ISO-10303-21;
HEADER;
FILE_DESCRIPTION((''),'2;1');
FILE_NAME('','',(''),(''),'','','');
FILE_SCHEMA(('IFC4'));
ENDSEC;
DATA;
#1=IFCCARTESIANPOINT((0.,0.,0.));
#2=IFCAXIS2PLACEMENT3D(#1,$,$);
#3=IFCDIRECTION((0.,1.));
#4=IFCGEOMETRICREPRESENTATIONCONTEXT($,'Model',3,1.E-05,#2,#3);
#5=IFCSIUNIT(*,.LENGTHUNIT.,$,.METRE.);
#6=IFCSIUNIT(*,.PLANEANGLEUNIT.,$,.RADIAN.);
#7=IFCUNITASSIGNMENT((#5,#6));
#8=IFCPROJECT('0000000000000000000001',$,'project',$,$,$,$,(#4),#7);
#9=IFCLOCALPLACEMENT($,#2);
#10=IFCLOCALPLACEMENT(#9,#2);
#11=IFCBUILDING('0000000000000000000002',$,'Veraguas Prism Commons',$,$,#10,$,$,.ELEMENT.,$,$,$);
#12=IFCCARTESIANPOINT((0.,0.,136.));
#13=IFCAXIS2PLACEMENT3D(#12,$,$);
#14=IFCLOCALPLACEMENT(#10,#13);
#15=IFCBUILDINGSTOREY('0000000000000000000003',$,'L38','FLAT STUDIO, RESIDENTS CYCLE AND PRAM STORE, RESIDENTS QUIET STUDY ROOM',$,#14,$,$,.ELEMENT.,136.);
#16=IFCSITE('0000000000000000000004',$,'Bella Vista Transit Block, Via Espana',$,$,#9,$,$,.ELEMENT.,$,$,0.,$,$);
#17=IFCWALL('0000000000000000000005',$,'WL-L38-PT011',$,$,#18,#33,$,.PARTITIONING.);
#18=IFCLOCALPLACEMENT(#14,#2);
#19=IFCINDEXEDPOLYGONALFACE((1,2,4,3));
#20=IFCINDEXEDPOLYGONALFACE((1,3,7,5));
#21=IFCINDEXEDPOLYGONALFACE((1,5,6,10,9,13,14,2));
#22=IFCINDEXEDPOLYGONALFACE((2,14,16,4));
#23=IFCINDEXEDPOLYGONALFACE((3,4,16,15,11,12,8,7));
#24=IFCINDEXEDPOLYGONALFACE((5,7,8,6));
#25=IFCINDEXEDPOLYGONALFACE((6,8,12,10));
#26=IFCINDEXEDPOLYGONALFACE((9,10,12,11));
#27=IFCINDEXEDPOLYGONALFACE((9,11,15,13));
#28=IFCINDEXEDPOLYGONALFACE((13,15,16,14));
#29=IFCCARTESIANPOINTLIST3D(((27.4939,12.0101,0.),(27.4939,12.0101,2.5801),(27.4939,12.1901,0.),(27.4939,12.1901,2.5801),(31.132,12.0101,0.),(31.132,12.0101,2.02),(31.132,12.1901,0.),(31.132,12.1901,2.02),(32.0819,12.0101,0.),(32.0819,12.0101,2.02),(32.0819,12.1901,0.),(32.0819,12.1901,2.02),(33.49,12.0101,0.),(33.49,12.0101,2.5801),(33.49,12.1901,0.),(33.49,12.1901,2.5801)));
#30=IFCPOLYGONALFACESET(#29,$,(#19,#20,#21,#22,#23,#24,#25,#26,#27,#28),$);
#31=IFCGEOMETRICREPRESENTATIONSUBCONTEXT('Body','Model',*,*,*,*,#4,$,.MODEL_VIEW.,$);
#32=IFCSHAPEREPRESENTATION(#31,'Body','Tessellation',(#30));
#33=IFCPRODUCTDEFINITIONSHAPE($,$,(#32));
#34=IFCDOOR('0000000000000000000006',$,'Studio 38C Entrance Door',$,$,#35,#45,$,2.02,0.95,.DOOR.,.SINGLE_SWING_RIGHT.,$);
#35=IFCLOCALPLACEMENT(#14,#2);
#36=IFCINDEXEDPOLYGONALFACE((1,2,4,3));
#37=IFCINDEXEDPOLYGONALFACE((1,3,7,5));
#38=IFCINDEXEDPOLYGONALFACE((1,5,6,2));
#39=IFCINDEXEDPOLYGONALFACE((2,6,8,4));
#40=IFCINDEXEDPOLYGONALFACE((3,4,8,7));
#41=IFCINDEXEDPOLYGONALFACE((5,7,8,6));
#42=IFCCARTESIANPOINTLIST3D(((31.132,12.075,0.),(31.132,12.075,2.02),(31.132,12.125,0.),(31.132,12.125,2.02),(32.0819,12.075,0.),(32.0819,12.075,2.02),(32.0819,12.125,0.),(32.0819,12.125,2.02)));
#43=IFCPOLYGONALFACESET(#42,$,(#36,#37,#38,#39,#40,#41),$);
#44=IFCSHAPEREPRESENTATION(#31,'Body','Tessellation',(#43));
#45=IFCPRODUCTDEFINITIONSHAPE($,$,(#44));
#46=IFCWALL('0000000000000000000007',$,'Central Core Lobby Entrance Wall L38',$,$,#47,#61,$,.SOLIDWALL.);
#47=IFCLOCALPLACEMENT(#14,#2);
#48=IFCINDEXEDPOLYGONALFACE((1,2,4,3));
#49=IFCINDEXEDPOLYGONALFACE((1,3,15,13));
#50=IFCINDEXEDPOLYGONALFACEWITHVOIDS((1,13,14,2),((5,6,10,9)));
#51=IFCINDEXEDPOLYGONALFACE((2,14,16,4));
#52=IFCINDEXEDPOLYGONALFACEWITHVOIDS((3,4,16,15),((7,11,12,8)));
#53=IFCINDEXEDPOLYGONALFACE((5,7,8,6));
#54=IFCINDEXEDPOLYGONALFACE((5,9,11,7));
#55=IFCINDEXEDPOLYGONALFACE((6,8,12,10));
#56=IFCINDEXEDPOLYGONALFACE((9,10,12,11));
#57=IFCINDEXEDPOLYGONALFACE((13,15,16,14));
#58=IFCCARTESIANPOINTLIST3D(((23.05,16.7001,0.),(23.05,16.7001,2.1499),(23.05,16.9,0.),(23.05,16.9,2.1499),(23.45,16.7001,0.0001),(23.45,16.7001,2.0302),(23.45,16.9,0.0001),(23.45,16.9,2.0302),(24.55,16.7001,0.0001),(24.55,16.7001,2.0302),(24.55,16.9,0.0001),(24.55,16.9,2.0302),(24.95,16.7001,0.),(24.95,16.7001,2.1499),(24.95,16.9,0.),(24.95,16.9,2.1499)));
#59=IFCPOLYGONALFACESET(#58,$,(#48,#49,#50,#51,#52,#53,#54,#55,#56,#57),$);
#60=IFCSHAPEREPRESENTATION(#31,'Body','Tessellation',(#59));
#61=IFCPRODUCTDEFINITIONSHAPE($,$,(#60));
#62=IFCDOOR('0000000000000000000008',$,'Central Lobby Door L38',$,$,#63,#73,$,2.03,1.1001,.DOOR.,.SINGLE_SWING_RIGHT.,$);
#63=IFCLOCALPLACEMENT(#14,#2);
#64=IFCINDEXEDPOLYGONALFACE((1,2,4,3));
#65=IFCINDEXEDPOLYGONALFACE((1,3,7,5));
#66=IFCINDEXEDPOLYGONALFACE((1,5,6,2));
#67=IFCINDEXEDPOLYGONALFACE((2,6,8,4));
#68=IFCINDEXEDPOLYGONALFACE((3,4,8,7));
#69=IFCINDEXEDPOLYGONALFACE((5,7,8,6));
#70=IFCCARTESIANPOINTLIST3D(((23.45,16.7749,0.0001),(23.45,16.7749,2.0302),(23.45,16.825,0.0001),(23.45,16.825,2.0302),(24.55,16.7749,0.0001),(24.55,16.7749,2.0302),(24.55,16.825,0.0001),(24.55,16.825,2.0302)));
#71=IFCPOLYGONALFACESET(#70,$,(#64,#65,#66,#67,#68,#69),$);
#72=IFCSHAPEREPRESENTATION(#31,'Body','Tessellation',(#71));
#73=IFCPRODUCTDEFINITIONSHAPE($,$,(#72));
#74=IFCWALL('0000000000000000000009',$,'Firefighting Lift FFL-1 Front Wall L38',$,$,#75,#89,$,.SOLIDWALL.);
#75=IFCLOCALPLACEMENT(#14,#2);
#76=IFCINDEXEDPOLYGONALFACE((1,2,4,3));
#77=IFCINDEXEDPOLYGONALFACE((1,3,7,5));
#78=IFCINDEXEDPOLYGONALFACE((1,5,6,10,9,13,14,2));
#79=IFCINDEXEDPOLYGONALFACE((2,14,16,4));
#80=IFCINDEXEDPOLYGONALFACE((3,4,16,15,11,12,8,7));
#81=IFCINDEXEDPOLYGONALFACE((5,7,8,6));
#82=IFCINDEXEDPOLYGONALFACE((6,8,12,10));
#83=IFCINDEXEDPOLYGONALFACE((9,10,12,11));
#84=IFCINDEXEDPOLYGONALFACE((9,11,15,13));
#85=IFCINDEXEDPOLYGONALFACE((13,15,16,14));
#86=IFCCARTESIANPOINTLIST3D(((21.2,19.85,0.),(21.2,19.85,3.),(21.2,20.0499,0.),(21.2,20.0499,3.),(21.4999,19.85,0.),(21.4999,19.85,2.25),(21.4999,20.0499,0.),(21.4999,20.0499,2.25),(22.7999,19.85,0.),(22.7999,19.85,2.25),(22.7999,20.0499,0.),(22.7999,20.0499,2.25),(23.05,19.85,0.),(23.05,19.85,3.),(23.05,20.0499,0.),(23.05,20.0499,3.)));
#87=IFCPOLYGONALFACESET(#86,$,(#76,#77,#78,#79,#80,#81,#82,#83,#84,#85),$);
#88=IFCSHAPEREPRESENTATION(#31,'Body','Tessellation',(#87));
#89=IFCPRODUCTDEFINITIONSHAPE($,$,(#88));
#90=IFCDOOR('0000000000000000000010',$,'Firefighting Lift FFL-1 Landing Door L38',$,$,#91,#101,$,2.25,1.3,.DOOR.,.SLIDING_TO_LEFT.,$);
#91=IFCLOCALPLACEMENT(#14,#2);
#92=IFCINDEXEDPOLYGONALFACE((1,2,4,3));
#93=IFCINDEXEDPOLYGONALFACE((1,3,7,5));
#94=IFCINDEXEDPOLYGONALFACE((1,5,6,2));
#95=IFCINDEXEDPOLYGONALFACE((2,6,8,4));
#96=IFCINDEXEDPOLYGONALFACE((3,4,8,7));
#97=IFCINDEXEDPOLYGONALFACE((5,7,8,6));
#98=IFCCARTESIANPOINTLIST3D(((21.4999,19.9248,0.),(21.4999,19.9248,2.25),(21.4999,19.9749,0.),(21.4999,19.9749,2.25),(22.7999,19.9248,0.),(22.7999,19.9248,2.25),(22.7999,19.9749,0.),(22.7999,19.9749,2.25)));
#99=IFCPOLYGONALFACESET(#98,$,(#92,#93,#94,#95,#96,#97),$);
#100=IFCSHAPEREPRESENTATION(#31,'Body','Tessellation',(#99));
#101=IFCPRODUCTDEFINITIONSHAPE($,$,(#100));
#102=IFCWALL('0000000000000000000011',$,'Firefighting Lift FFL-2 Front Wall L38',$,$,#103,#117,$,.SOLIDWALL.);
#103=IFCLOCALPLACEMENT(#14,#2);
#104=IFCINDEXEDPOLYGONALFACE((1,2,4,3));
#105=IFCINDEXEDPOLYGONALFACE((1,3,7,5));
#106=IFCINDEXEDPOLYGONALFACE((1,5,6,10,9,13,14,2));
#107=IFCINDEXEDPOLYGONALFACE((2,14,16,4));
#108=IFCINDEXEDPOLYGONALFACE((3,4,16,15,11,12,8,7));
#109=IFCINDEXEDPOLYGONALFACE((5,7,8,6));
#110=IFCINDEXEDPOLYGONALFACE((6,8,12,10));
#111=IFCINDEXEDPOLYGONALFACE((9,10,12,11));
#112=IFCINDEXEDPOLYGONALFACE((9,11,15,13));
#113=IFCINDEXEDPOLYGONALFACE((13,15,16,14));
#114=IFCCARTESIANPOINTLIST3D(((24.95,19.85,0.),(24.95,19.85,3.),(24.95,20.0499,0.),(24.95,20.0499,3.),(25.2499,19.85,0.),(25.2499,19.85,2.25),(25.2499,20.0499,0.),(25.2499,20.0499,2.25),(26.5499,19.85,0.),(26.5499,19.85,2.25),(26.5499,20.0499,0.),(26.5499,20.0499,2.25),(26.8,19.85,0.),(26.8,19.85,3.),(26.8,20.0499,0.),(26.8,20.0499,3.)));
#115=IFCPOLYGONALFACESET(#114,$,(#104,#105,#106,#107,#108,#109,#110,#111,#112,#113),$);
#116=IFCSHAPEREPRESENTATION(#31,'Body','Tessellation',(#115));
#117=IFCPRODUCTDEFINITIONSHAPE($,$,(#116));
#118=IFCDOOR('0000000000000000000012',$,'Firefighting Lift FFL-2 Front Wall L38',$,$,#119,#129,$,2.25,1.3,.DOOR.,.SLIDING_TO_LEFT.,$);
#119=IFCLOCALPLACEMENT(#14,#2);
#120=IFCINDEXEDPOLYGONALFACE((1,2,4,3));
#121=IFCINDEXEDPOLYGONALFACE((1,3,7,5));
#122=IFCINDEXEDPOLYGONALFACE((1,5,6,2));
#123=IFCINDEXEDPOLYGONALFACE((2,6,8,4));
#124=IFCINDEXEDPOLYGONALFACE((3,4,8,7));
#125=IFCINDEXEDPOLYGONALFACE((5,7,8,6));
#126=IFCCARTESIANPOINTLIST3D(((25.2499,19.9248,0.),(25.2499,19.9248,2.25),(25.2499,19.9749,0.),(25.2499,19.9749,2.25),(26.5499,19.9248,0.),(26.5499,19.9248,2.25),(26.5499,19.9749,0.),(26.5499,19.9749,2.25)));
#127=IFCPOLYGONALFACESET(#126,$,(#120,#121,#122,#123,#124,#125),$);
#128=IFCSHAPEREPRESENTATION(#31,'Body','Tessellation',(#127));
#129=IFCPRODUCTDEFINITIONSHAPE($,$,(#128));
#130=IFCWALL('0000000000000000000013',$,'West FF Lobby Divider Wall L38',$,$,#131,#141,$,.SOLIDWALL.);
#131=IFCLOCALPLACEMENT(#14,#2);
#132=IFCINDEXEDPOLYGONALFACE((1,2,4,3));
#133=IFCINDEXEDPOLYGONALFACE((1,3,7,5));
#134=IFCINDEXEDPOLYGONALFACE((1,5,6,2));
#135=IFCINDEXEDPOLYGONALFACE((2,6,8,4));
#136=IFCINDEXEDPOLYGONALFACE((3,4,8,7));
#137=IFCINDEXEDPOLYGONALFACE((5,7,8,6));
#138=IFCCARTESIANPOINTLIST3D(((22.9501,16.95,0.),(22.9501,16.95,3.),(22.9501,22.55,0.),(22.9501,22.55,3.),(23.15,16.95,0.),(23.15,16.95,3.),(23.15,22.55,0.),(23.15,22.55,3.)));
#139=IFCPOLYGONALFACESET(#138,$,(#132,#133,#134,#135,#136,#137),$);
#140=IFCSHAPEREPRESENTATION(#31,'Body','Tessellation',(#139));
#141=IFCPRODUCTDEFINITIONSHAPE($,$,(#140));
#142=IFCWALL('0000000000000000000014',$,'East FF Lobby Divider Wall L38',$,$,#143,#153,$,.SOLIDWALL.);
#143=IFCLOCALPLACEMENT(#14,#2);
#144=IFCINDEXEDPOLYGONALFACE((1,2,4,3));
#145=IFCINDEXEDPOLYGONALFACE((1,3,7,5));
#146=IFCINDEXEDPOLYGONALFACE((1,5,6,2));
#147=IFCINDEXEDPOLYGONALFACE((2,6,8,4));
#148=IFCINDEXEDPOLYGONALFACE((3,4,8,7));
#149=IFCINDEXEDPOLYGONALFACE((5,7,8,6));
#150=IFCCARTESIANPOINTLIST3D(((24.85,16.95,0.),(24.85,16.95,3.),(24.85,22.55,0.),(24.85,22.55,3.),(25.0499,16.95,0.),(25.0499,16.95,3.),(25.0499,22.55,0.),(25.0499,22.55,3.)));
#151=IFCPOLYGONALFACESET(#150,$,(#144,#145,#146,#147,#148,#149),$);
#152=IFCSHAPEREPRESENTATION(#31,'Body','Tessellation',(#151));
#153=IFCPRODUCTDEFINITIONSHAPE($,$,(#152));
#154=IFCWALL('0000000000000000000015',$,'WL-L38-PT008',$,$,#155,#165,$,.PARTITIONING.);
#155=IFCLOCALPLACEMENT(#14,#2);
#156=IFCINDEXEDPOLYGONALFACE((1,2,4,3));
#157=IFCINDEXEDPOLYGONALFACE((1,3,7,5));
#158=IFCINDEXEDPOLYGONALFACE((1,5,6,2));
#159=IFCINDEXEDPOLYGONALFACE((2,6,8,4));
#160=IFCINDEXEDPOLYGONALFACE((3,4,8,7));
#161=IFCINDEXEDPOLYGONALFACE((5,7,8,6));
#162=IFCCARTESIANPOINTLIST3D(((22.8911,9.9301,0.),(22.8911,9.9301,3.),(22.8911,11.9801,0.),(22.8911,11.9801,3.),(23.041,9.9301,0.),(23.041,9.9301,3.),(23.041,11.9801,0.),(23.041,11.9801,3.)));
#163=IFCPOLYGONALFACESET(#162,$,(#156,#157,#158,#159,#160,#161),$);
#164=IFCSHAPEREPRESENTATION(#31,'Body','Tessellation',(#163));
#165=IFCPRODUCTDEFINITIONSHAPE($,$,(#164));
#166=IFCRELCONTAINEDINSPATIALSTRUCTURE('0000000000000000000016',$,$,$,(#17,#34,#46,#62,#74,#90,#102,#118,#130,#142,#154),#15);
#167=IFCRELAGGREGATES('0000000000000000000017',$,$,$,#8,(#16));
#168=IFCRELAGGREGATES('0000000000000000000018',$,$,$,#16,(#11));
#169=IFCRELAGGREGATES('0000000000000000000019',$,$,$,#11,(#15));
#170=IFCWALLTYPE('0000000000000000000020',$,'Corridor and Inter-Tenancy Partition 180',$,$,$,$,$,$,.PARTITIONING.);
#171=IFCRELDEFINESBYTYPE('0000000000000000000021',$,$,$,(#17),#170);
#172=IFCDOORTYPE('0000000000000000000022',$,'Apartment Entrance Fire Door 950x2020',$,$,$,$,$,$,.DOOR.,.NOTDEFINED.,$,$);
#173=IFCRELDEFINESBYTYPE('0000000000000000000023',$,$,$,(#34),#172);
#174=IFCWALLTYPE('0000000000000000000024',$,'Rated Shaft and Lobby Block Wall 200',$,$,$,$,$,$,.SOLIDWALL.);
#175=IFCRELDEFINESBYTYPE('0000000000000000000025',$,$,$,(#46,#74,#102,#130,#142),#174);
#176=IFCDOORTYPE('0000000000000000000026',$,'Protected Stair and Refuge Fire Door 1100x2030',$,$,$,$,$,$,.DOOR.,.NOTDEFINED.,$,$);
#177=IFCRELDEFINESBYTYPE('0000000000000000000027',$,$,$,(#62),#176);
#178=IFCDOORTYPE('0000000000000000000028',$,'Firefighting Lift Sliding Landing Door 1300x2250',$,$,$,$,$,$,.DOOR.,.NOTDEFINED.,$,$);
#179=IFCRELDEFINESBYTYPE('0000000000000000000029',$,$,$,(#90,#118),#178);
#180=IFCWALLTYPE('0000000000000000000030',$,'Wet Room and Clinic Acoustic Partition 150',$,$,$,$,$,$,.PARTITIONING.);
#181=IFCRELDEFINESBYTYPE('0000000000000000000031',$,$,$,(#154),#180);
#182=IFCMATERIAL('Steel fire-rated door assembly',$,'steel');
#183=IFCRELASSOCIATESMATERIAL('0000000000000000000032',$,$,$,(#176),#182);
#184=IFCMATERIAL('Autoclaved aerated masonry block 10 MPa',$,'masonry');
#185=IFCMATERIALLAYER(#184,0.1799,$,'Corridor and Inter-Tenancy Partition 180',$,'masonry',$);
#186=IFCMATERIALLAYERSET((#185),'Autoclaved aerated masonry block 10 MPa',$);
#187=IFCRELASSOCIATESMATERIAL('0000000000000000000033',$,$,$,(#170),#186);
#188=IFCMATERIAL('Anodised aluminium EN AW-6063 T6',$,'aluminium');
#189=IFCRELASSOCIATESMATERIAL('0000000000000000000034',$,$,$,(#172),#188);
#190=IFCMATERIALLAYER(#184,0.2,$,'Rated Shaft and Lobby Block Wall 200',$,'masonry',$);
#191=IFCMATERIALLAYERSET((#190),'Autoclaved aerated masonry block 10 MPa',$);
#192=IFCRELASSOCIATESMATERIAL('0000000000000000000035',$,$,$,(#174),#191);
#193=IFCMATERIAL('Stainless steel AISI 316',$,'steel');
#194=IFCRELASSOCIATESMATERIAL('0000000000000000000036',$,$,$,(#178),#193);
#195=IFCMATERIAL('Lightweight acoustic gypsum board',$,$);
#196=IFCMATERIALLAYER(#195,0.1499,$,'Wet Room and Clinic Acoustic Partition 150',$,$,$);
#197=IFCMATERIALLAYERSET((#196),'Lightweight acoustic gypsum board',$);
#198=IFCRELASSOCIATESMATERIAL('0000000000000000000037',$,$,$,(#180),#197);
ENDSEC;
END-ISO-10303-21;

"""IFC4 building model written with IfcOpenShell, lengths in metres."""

from ifc_helpers import new_model, si_unit, direction, frame, frame_2d, origin, place, context, subcontext, project, spatial, rectangle, extrude, source, transform, mapped, material, layer, layer_set, type_object, element, fill, save


model = new_model("IFC4")

# Units and contexts
model_context = context("Model", 3, precision=1e-05, world=origin(), true_north=direction((0.0, 1.0)))
body_context = subcontext(model_context, "Body", "Model", "MODEL_VIEW")
ifc_project = project(units=[si_unit("LENGTHUNIT", "METRE"), si_unit("PLANEANGLEUNIT", "RADIAN")], contexts=[model_context])

# Site, building, storey
site_placement = place(None, origin())
site = spatial("IfcSite", under=ifc_project, at=site_placement, Name="Bella Vista Transit Block, Via Espana", CompositionType="ELEMENT", RefElevation=0.0)
building_placement = place(site_placement, origin())
building = spatial("IfcBuilding", under=site, at=building_placement, Name="Veraguas Prism Commons", CompositionType="ELEMENT")
storey_placement = place(building_placement, frame((0.0, 0.0, 136.0)))
storey = spatial("IfcBuildingStorey", under=building, at=storey_placement, Name="L38", Description="FLAT STUDIO, RESIDENTS CYCLE AND PRAM STORE, RESIDENTS QUIET STUDY ROOM", CompositionType="ELEMENT", Elevation=136.0)

# Shared definitions
ifc_material_1 = material(Name="Steel fire-rated door assembly", Category="steel")
door_type_1 = type_object("IfcDoorType", Name="Protected Stair and Refuge Fire Door 1100x2030", OperationType="NOTDEFINED", PredefinedType="DOOR", material=ifc_material_1)
shared_shape_1 = source(origin(), body_context, "Body", "SweptSolid", [
    extrude(rectangle(XDim=1.1001, YDim=2.03, at=frame_2d((0.55, 1.0151))), frame((0.0, 0.0249, 0.0), z_axis=(0.0, -1.0, 0.0), x_axis=(1.0, 0.0, 0.0)), (0.0, 0.0, 1.0), 0.05),
])

# Shared definitions
ifc_material_2 = material(Name="Autoclaved aerated masonry block 10 MPa", Category="masonry")
ifc_layer_1 = layer(ifc_material_2, 0.1799, Name="Corridor and Inter-Tenancy Partition 180", Category="masonry")
ifc_layer_set_1 = layer_set([ifc_layer_1], Name="Autoclaved aerated masonry block 10 MPa")
wall_type_1 = type_object("IfcWallType", Name="Corridor and Inter-Tenancy Partition 180", PredefinedType="PARTITIONING", material=ifc_layer_set_1)

# Walls, openings, doors
wall_1_placement = place(storey_placement, frame((27.4939, 12.1001, 0.0), z_axis=(0.0, 0.0, 1.0), x_axis=(1.0, 0.0, 0.0)))
wall_1 = element("IfcWall", 1, at=wall_1_placement, inside=storey, type_object=wall_type_1, Name="WL-L38-PT011", PredefinedType="PARTITIONING", context=body_context, shape_type="SweptSolid", body=[
    extrude(rectangle(XDim=5.9961, YDim=0.1799, at=frame_2d((2.998, 0.0))), origin(), (0.0, 0.0, 1.0), 2.5801),
])
opening_1_placement = place(wall_1_placement, frame((3.6379, 0.0, 0.0)))
opening_1 = element("IfcOpeningElement", 2, at=opening_1_placement, cuts=wall_1, PredefinedType="OPENING", context=body_context, shape_type="SweptSolid", body=[
    extrude(rectangle(XDim=0.95, YDim=2.02, at=frame_2d((0.4751, 1.01))), frame((0.0, 0.0999, 0.0), z_axis=(0.0, -1.0, 0.0), x_axis=(1.0, 0.0, 0.0)), (0.0, 0.0, 1.0), 0.2),
])
ifc_material_3 = material(Name="Anodised aluminium EN AW-6063 T6", Category="aluminium")
door_type_2 = type_object("IfcDoorType", Name="Apartment Entrance Fire Door 950x2020", OperationType="NOTDEFINED", PredefinedType="DOOR", material=ifc_material_3)
shared_shape_2 = source(origin(), body_context, "Body", "SweptSolid", [
    extrude(rectangle(XDim=0.95, YDim=2.02, at=frame_2d((0.4751, 1.01))), frame((0.0, 0.0249, 0.0), z_axis=(0.0, -1.0, 0.0), x_axis=(1.0, 0.0, 0.0)), (0.0, 0.0, 1.0), 0.05),
])
door_1_placement = place(opening_1_placement, origin())
door_1 = element("IfcDoor", 3, at=door_1_placement, inside=storey, type_object=door_type_2, Name="Studio 38C Entrance Door", OperationType="SINGLE_SWING_RIGHT", OverallHeight=2.02, OverallWidth=0.95, PredefinedType="DOOR", context=body_context, shape_type="MappedRepresentation", body=[
    mapped(shared_shape_2, transform((0.0, 0.0, 0.0), scale=1.0)),
])
fill(opening_1, door_1)
ifc_layer_2 = layer(ifc_material_2, 0.2, Name="Rated Shaft and Lobby Block Wall 200", Category="masonry")
ifc_layer_set_2 = layer_set([ifc_layer_2], Name="Autoclaved aerated masonry block 10 MPa")
wall_type_2 = type_object("IfcWallType", Name="Rated Shaft and Lobby Block Wall 200", PredefinedType="SOLIDWALL", material=ifc_layer_set_2)
wall_2_placement = place(storey_placement, frame((23.05, 16.8, 0.0), z_axis=(0.0, 0.0, 1.0), x_axis=(1.0, 0.0, 0.0)))
wall_2 = element("IfcWall", 4, at=wall_2_placement, inside=storey, type_object=wall_type_2, Name="Central Core Lobby Entrance Wall L38", PredefinedType="SOLIDWALL", context=body_context, shape_type="SweptSolid", body=[
    extrude(rectangle(XDim=1.8999, YDim=0.2, at=frame_2d((0.95, 0.0))), origin(), (0.0, 0.0, 1.0), 2.1499),
])
opening_2_placement = place(wall_2_placement, frame((0.3999, 0.0, 0.0)))
opening_2 = element("IfcOpeningElement", 5, at=opening_2_placement, cuts=wall_2, PredefinedType="OPENING", context=body_context, shape_type="SweptSolid", body=[
    extrude(rectangle(XDim=1.1001, YDim=2.03, at=frame_2d((0.55, 1.0151))), frame((0.0, 0.1099, 0.0), z_axis=(0.0, -1.0, 0.0), x_axis=(1.0, 0.0, 0.0)), (0.0, 0.0, 1.0), 0.22),
])
door_2_placement = place(opening_2_placement, origin())
door_2 = element("IfcDoor", 6, at=door_2_placement, inside=storey, type_object=door_type_1, Name="Central Lobby Door L38", OperationType="SINGLE_SWING_RIGHT", OverallHeight=2.03, OverallWidth=1.1001, PredefinedType="DOOR", context=body_context, shape_type="MappedRepresentation", body=[
    mapped(shared_shape_1, transform((0.0, 0.0, 0.0), scale=1.0)),
])
fill(opening_2, door_2)
wall_3_placement = place(storey_placement, frame((21.2, 19.95, 0.0), z_axis=(0.0, 0.0, 1.0), x_axis=(1.0, 0.0, 0.0)))
wall_3 = element("IfcWall", 7, at=wall_3_placement, inside=storey, type_object=wall_type_2, Name="Firefighting Lift FFL-1 Front Wall L38", PredefinedType="SOLIDWALL", context=body_context, shape_type="SweptSolid", body=[
    extrude(rectangle(XDim=1.8501, YDim=0.2, at=frame_2d((0.925, 0.0))), origin(), (0.0, 0.0, 1.0), 3.0),
])
opening_3_placement = place(wall_3_placement, frame((0.3, 0.0, 0.0)))
opening_3 = element("IfcOpeningElement", 8, at=opening_3_placement, cuts=wall_3, PredefinedType="OPENING", context=body_context, shape_type="SweptSolid", body=[
    extrude(rectangle(XDim=1.3, YDim=2.25, at=frame_2d((0.6499, 1.125))), frame((0.0, 0.1099, 0.0), z_axis=(0.0, -1.0, 0.0), x_axis=(1.0, 0.0, 0.0)), (0.0, 0.0, 1.0), 0.22),
])
ifc_material_4 = material(Name="Stainless steel AISI 316", Category="steel")
door_type_3 = type_object("IfcDoorType", Name="Firefighting Lift Sliding Landing Door 1300x2250", OperationType="NOTDEFINED", PredefinedType="DOOR", material=ifc_material_4)
shared_shape_3 = source(origin(), body_context, "Body", "SweptSolid", [
    extrude(rectangle(XDim=1.3, YDim=2.25, at=frame_2d((0.6499, 1.125))), frame((0.0, 0.0249, 0.0), z_axis=(0.0, -1.0, 0.0), x_axis=(1.0, 0.0, 0.0)), (0.0, 0.0, 1.0), 0.05),
])
door_3_placement = place(opening_3_placement, origin())
door_3 = element("IfcDoor", 9, at=door_3_placement, inside=storey, type_object=door_type_3, Name="Firefighting Lift FFL-1 Landing Door L38", OperationType="SLIDING_TO_LEFT", OverallHeight=2.25, OverallWidth=1.3, PredefinedType="DOOR", context=body_context, shape_type="MappedRepresentation", body=[
    mapped(shared_shape_3, transform((0.0, 0.0, 0.0), scale=1.0)),
])
fill(opening_3, door_3)
wall_4_placement = place(storey_placement, frame((24.95, 19.95, 0.0), z_axis=(0.0, 0.0, 1.0), x_axis=(1.0, 0.0, 0.0)))
wall_4 = element("IfcWall", 10, at=wall_4_placement, inside=storey, type_object=wall_type_2, Name="Firefighting Lift FFL-2 Front Wall L38", PredefinedType="SOLIDWALL", context=body_context, shape_type="SweptSolid", body=[
    extrude(rectangle(XDim=1.8501, YDim=0.2, at=frame_2d((0.925, 0.0))), origin(), (0.0, 0.0, 1.0), 3.0),
])
opening_4_placement = place(wall_4_placement, frame((0.3, 0.0, 0.0)))
opening_4 = element("IfcOpeningElement", 11, at=opening_4_placement, cuts=wall_4, PredefinedType="OPENING", context=body_context, shape_type="SweptSolid", body=[
    extrude(rectangle(XDim=1.3, YDim=2.25, at=frame_2d((0.6499, 1.125))), frame((0.0, 0.1099, 0.0), z_axis=(0.0, -1.0, 0.0), x_axis=(1.0, 0.0, 0.0)), (0.0, 0.0, 1.0), 0.22),
])
door_4_placement = place(opening_4_placement, origin())
door_4 = element("IfcDoor", 12, at=door_4_placement, inside=storey, type_object=door_type_3, Name="Firefighting Lift FFL-2 Front Wall L38", OperationType="SLIDING_TO_LEFT", OverallHeight=2.25, OverallWidth=1.3, PredefinedType="DOOR", context=body_context, shape_type="MappedRepresentation", body=[
    mapped(shared_shape_3, transform((0.0, 0.0, 0.0), scale=1.0)),
])
fill(opening_4, door_4)

# Walls
for number, where, z_axis, x_axis, name in (
    (13, (23.05, 16.95, 0.0), (0.0, 0.0, 1.0), (0.0, 1.0, 0.0), "West FF Lobby Divider Wall L38"),
    (14, (24.95, 16.95, 0.0), (0.0, 0.0, 1.0), (0.0, 1.0, 0.0), "East FF Lobby Divider Wall L38"),
):
    element("IfcWall", number, at=place(storey_placement, frame(where, z_axis=z_axis, x_axis=x_axis)), inside=storey, type_object=wall_type_2, Name=name, PredefinedType="SOLIDWALL", context=body_context, shape_type="SweptSolid", body=[
        extrude(rectangle(XDim=5.6001, YDim=0.2, at=frame_2d((2.8, 0.0))), origin(), (0.0, 0.0, 1.0), 3.0),
    ])
ifc_material_5 = material(Name="Lightweight acoustic gypsum board")
ifc_layer_3 = layer(ifc_material_5, 0.1499, Name="Wet Room and Clinic Acoustic Partition 150")
ifc_layer_set_3 = layer_set([ifc_layer_3], Name="Lightweight acoustic gypsum board")
wall_type_3 = type_object("IfcWallType", Name="Wet Room and Clinic Acoustic Partition 150", PredefinedType="PARTITIONING", material=ifc_layer_set_3)
wall_5_placement = place(storey_placement, frame((22.9661, 11.98, 0.0), z_axis=(0.0, 0.0, 1.0), x_axis=(0.0, -1.0, 0.0)))
element("IfcWall", 15, at=wall_5_placement, inside=storey, type_object=wall_type_3, Name="WL-L38-PT008", PredefinedType="PARTITIONING", context=body_context, shape_type="SweptSolid", body=[
    extrude(rectangle(XDim=2.05, YDim=0.1499, at=frame_2d((1.0249, 0.0))), origin(), (0.0, 0.0, 1.0), 3.0),
])

save(model, "model.ifc")
